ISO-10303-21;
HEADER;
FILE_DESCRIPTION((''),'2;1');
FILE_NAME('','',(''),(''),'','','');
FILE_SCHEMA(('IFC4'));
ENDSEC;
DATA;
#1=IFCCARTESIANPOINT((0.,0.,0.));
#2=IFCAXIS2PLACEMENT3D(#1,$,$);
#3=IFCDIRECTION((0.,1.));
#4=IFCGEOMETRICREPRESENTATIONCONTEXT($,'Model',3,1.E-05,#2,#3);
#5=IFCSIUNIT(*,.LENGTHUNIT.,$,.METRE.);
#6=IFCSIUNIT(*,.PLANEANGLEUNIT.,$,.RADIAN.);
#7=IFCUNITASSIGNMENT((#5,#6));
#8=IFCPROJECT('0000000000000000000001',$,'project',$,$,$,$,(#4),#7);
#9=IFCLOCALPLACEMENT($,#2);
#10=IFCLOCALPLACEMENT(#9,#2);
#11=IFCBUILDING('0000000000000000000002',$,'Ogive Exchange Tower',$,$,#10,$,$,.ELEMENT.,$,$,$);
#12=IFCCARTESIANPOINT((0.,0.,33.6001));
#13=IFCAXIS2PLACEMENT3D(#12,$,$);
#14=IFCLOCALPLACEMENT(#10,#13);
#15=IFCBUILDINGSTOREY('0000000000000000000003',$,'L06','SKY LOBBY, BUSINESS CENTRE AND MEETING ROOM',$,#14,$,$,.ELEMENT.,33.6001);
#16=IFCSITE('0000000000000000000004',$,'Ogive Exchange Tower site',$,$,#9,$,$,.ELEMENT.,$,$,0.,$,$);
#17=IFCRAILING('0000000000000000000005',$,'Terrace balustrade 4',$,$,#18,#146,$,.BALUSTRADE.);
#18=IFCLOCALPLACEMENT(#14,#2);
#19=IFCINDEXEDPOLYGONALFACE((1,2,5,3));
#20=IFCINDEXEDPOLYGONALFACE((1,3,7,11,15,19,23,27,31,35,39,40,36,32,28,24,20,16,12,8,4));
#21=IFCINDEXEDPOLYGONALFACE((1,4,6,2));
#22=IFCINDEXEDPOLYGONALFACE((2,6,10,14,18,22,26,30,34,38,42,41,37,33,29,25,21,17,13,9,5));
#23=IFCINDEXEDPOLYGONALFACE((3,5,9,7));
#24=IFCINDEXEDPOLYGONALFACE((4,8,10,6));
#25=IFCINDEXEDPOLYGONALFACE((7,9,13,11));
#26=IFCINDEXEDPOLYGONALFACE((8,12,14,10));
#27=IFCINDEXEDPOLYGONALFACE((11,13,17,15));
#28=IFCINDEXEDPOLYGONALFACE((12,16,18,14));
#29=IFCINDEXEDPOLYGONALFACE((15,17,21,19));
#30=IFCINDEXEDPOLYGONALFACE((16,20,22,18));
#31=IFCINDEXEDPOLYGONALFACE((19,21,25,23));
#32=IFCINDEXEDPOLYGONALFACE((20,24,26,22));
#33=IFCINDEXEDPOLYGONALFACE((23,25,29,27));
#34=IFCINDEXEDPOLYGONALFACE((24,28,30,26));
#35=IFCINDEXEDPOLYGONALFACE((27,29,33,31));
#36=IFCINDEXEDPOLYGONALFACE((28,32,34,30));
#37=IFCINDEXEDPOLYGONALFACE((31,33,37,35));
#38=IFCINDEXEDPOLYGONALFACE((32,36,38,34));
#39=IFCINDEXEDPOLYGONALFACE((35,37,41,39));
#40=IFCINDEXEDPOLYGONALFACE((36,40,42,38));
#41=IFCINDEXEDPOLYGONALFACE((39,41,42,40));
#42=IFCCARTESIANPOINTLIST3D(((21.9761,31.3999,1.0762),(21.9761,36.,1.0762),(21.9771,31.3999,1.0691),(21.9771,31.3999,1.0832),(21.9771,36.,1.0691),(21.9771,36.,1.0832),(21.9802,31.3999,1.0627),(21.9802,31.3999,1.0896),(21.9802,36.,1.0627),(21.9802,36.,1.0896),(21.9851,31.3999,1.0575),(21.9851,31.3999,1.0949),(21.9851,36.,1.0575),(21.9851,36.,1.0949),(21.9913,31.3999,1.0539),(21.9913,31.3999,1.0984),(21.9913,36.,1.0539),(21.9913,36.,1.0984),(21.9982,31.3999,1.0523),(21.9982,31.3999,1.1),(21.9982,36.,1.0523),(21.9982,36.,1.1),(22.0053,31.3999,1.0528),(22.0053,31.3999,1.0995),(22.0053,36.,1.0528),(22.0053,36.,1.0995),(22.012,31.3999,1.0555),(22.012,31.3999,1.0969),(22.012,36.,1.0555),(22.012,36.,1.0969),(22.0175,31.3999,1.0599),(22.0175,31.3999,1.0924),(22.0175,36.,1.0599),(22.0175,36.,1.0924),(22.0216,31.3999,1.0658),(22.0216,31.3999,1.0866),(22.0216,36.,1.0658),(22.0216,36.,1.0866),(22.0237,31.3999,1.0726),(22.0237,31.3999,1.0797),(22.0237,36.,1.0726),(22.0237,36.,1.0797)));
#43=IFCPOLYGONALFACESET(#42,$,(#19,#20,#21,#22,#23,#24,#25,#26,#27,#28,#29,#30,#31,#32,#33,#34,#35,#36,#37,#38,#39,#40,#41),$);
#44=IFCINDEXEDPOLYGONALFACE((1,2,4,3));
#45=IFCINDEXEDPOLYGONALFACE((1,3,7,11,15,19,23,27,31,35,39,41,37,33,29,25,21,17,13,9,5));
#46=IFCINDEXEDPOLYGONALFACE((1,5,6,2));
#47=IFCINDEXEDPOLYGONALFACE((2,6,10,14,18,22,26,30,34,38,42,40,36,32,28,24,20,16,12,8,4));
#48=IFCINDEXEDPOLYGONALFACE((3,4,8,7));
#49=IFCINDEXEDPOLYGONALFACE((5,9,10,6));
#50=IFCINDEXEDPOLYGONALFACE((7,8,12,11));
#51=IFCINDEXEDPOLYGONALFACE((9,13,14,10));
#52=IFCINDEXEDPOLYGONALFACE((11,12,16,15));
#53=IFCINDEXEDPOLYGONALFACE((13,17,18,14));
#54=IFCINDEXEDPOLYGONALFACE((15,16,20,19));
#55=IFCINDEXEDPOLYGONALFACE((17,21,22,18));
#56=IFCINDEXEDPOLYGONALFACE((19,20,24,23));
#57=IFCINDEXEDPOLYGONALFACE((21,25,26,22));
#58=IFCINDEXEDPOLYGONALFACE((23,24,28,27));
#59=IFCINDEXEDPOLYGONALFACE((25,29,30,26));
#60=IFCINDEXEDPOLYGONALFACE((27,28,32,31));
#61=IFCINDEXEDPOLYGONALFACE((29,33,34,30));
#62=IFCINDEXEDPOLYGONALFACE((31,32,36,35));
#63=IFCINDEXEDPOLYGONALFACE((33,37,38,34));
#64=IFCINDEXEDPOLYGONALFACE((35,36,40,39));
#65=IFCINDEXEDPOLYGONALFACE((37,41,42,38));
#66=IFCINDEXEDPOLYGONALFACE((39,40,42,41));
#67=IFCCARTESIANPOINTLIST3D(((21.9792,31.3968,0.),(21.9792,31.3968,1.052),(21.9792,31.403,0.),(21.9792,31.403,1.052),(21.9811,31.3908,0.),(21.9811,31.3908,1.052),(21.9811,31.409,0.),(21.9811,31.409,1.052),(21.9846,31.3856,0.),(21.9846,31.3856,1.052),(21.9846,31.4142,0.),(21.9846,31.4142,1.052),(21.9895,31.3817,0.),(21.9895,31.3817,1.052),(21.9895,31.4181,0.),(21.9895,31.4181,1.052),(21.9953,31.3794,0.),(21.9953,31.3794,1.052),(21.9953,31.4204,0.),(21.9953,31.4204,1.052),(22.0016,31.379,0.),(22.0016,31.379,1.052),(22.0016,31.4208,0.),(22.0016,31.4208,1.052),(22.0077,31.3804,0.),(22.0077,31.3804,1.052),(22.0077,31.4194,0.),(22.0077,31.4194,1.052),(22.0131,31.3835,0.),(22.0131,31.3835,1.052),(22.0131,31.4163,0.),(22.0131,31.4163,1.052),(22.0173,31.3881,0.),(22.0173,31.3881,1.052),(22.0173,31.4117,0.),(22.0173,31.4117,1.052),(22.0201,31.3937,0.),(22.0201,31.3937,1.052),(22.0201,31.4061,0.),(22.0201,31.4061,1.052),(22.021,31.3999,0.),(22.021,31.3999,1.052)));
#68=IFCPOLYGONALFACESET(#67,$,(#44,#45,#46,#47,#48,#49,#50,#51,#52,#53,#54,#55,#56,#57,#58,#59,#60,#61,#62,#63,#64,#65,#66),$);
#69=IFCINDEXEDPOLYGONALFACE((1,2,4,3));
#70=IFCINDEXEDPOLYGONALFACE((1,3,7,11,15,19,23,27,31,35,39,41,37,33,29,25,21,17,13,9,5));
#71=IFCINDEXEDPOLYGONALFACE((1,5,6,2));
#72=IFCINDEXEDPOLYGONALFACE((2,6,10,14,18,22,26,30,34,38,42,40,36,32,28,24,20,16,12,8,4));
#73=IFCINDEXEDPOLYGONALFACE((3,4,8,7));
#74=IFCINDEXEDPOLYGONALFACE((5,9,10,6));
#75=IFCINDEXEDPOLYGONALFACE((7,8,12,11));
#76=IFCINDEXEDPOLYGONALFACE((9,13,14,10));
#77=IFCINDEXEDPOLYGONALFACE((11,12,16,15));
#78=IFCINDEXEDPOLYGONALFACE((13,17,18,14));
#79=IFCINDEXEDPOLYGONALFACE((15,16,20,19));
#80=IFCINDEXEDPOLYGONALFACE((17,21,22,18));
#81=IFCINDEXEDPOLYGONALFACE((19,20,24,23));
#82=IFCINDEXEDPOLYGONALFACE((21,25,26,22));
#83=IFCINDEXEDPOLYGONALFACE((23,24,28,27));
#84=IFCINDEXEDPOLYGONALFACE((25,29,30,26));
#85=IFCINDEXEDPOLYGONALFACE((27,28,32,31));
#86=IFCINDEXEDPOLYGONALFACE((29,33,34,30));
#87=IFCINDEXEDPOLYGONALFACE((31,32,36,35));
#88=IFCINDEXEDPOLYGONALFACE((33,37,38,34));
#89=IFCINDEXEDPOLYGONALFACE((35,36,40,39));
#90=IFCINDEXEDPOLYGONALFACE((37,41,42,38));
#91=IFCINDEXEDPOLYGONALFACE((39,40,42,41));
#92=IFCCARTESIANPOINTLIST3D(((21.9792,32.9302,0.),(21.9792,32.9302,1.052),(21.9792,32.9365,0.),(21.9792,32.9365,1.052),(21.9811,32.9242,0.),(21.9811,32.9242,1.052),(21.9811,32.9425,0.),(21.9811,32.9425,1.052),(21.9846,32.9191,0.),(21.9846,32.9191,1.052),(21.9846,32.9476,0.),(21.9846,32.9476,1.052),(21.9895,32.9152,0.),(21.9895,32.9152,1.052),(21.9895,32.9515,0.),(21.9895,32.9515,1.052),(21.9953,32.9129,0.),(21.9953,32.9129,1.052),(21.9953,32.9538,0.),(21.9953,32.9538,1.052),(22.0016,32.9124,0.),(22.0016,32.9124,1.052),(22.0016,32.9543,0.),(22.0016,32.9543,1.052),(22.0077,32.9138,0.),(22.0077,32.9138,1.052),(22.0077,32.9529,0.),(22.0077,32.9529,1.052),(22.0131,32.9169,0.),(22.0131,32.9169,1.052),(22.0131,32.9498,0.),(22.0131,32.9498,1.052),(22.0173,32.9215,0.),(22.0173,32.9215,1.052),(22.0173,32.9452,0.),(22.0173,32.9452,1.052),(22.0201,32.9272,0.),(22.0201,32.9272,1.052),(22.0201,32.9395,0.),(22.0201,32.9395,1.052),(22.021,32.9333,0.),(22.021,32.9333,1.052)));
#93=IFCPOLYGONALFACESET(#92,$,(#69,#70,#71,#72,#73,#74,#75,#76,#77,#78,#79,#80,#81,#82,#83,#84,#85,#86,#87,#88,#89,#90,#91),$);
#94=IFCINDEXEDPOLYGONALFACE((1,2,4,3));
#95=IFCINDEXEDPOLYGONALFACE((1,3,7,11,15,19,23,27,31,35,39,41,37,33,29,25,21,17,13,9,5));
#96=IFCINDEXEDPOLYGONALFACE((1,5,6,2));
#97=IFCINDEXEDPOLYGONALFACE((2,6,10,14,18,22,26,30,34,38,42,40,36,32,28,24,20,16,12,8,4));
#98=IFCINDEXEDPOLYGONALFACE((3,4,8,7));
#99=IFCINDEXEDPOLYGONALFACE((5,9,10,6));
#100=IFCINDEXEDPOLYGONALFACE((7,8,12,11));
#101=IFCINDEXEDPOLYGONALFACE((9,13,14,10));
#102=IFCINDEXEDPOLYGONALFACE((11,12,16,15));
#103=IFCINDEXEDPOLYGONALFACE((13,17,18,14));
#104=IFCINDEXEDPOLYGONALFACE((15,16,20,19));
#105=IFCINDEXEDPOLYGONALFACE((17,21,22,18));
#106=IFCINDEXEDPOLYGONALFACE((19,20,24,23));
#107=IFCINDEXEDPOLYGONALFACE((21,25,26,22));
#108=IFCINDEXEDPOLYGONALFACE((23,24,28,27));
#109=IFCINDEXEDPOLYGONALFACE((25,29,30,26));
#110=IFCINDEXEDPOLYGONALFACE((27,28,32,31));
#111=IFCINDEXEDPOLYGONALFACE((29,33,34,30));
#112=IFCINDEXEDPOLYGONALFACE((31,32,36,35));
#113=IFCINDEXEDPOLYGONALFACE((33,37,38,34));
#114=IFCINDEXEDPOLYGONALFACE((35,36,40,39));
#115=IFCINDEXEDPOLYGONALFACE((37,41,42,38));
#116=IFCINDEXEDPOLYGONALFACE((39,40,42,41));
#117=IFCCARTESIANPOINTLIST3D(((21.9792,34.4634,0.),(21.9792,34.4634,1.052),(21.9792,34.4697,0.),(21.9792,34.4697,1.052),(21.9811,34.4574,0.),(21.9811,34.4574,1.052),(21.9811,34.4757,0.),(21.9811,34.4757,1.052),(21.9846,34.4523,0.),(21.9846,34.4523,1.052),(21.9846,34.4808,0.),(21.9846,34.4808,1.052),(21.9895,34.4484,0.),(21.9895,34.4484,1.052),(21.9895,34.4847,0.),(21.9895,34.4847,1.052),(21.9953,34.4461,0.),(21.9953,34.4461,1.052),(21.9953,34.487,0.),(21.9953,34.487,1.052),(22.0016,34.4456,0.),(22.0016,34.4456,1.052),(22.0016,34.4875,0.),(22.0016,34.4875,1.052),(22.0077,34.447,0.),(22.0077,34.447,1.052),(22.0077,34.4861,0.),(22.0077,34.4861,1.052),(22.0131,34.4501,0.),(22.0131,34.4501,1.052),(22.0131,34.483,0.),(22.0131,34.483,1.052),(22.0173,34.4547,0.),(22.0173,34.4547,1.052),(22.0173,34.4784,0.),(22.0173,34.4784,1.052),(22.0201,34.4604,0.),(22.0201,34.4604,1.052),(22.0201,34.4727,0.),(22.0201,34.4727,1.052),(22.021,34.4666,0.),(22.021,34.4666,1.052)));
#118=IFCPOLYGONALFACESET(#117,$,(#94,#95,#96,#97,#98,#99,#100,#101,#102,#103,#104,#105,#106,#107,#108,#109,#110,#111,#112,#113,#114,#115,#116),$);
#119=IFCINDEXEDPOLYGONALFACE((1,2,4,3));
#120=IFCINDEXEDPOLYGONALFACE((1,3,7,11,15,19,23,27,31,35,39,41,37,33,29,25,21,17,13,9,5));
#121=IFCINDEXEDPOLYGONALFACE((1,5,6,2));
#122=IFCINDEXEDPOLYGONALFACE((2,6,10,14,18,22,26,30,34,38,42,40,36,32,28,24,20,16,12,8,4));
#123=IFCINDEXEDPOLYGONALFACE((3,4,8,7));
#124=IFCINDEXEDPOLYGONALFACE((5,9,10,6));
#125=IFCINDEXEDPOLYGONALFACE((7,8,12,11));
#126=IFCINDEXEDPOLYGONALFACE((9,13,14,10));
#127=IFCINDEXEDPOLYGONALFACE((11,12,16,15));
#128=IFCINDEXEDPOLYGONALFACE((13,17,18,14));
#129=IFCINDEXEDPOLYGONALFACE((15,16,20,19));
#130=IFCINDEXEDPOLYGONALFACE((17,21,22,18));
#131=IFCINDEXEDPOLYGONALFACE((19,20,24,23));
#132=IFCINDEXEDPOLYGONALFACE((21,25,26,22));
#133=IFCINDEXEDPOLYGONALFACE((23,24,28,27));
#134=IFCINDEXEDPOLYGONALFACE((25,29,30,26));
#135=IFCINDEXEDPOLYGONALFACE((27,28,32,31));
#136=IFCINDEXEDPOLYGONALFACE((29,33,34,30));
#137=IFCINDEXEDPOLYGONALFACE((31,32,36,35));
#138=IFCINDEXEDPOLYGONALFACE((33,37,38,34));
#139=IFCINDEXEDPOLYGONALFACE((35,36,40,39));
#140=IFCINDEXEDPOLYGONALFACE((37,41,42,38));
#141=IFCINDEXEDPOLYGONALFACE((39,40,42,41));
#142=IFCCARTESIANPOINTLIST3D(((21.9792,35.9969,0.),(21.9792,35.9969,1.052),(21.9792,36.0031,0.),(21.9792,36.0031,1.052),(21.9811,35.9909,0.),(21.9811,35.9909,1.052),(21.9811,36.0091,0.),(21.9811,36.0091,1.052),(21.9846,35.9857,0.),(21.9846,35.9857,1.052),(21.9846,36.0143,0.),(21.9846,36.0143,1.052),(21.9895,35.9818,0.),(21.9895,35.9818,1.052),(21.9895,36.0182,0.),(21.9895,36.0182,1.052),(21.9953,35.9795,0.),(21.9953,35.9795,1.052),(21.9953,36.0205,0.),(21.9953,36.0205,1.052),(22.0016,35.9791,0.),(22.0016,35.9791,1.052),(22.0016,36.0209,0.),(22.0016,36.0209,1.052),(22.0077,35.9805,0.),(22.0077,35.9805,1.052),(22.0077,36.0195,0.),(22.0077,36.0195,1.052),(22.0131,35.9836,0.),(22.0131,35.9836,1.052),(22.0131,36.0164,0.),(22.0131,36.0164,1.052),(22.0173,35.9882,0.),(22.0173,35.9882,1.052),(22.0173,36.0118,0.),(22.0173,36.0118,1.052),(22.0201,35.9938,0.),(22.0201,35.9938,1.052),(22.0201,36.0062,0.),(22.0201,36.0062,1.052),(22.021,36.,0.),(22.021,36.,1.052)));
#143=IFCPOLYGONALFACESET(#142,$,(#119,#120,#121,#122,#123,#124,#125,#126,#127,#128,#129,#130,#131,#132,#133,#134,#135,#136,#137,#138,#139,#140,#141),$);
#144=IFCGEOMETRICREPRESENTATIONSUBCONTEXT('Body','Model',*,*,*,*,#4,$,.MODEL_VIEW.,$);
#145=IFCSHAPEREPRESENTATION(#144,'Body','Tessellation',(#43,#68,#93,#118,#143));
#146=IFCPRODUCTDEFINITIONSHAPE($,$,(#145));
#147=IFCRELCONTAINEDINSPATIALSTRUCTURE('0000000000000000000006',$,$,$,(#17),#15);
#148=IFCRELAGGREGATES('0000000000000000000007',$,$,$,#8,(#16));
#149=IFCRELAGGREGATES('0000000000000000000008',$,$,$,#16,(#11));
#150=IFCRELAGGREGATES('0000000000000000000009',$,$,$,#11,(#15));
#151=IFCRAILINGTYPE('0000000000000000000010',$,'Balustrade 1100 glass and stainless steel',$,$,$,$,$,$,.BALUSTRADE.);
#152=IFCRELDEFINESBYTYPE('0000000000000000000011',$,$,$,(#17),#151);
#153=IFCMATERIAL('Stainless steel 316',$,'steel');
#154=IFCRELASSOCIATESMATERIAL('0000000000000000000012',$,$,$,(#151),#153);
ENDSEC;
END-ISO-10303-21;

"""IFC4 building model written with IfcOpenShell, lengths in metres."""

from ifc_helpers import new_model, si_unit, direction, frame, origin, origin_2d, place, context, subcontext, project, spatial, circle, extrude, material, type_object, element, save


model = new_model("IFC4")

# Units and contexts
model_context = context("Model", 3, precision=1e-05, world=origin(), true_north=direction((0.0, 1.0)))
body_context = subcontext(model_context, "Body", "Model", "MODEL_VIEW")
ifc_project = project(units=[si_unit("LENGTHUNIT", "METRE"), si_unit("PLANEANGLEUNIT", "RADIAN")], contexts=[model_context])

# Site, building, storey
site_placement = place(None, origin())
site = spatial("IfcSite", under=ifc_project, at=site_placement, Name="Ogive Exchange Tower site", CompositionType="ELEMENT", RefElevation=0.0)
building_placement = place(site_placement, origin())
building = spatial("IfcBuilding", under=site, at=building_placement, Name="Ogive Exchange Tower", CompositionType="ELEMENT")
storey_placement = place(building_placement, frame((0.0, 0.0, 33.6001)))
storey = spatial("IfcBuildingStorey", under=building, at=storey_placement, Name="L06", Description="SKY LOBBY, BUSINESS CENTRE AND MEETING ROOM", CompositionType="ELEMENT", Elevation=33.6001)

# Railing
ifc_material_1 = material(Name="Stainless steel 316", Category="steel")
railing_type_1 = type_object("IfcRailingType", Name="Balustrade 1100 glass and stainless steel", PredefinedType="BALUSTRADE", material=ifc_material_1)
railing_1_placement = place(storey_placement, frame((22.0, 31.3999, 0.0)))
element("IfcRailing", 1, at=railing_1_placement, inside=storey, type_object=railing_type_1, Name="Terrace balustrade 4", PredefinedType="BALUSTRADE", context=body_context, shape_type="SweptSolid", body=[
    extrude(circle(Radius=0.0239, at=origin_2d()), frame((0.0, 0.0, 1.0762), z_axis=(0.0, 1.0, 0.0), x_axis=(-1.0, 0.0, 0.0)), (0.0, 0.0, 1.0), 4.6001),
    extrude(circle(Radius=0.021, at=origin_2d()), origin(), (0.0, 0.0, 1.0), 1.052),
    extrude(circle(Radius=0.021, at=origin_2d()), frame((0.0, 1.5334, 0.0)), (0.0, 0.0, 1.0), 1.052),
    extrude(circle(Radius=0.021, at=origin_2d()), frame((0.0, 3.0667, 0.0)), (0.0, 0.0, 1.0), 1.052),
    extrude(circle(Radius=0.021, at=origin_2d()), frame((0.0, 4.6001, 0.0)), (0.0, 0.0, 1.0), 1.052),
])

save(model, "model.ifc")
